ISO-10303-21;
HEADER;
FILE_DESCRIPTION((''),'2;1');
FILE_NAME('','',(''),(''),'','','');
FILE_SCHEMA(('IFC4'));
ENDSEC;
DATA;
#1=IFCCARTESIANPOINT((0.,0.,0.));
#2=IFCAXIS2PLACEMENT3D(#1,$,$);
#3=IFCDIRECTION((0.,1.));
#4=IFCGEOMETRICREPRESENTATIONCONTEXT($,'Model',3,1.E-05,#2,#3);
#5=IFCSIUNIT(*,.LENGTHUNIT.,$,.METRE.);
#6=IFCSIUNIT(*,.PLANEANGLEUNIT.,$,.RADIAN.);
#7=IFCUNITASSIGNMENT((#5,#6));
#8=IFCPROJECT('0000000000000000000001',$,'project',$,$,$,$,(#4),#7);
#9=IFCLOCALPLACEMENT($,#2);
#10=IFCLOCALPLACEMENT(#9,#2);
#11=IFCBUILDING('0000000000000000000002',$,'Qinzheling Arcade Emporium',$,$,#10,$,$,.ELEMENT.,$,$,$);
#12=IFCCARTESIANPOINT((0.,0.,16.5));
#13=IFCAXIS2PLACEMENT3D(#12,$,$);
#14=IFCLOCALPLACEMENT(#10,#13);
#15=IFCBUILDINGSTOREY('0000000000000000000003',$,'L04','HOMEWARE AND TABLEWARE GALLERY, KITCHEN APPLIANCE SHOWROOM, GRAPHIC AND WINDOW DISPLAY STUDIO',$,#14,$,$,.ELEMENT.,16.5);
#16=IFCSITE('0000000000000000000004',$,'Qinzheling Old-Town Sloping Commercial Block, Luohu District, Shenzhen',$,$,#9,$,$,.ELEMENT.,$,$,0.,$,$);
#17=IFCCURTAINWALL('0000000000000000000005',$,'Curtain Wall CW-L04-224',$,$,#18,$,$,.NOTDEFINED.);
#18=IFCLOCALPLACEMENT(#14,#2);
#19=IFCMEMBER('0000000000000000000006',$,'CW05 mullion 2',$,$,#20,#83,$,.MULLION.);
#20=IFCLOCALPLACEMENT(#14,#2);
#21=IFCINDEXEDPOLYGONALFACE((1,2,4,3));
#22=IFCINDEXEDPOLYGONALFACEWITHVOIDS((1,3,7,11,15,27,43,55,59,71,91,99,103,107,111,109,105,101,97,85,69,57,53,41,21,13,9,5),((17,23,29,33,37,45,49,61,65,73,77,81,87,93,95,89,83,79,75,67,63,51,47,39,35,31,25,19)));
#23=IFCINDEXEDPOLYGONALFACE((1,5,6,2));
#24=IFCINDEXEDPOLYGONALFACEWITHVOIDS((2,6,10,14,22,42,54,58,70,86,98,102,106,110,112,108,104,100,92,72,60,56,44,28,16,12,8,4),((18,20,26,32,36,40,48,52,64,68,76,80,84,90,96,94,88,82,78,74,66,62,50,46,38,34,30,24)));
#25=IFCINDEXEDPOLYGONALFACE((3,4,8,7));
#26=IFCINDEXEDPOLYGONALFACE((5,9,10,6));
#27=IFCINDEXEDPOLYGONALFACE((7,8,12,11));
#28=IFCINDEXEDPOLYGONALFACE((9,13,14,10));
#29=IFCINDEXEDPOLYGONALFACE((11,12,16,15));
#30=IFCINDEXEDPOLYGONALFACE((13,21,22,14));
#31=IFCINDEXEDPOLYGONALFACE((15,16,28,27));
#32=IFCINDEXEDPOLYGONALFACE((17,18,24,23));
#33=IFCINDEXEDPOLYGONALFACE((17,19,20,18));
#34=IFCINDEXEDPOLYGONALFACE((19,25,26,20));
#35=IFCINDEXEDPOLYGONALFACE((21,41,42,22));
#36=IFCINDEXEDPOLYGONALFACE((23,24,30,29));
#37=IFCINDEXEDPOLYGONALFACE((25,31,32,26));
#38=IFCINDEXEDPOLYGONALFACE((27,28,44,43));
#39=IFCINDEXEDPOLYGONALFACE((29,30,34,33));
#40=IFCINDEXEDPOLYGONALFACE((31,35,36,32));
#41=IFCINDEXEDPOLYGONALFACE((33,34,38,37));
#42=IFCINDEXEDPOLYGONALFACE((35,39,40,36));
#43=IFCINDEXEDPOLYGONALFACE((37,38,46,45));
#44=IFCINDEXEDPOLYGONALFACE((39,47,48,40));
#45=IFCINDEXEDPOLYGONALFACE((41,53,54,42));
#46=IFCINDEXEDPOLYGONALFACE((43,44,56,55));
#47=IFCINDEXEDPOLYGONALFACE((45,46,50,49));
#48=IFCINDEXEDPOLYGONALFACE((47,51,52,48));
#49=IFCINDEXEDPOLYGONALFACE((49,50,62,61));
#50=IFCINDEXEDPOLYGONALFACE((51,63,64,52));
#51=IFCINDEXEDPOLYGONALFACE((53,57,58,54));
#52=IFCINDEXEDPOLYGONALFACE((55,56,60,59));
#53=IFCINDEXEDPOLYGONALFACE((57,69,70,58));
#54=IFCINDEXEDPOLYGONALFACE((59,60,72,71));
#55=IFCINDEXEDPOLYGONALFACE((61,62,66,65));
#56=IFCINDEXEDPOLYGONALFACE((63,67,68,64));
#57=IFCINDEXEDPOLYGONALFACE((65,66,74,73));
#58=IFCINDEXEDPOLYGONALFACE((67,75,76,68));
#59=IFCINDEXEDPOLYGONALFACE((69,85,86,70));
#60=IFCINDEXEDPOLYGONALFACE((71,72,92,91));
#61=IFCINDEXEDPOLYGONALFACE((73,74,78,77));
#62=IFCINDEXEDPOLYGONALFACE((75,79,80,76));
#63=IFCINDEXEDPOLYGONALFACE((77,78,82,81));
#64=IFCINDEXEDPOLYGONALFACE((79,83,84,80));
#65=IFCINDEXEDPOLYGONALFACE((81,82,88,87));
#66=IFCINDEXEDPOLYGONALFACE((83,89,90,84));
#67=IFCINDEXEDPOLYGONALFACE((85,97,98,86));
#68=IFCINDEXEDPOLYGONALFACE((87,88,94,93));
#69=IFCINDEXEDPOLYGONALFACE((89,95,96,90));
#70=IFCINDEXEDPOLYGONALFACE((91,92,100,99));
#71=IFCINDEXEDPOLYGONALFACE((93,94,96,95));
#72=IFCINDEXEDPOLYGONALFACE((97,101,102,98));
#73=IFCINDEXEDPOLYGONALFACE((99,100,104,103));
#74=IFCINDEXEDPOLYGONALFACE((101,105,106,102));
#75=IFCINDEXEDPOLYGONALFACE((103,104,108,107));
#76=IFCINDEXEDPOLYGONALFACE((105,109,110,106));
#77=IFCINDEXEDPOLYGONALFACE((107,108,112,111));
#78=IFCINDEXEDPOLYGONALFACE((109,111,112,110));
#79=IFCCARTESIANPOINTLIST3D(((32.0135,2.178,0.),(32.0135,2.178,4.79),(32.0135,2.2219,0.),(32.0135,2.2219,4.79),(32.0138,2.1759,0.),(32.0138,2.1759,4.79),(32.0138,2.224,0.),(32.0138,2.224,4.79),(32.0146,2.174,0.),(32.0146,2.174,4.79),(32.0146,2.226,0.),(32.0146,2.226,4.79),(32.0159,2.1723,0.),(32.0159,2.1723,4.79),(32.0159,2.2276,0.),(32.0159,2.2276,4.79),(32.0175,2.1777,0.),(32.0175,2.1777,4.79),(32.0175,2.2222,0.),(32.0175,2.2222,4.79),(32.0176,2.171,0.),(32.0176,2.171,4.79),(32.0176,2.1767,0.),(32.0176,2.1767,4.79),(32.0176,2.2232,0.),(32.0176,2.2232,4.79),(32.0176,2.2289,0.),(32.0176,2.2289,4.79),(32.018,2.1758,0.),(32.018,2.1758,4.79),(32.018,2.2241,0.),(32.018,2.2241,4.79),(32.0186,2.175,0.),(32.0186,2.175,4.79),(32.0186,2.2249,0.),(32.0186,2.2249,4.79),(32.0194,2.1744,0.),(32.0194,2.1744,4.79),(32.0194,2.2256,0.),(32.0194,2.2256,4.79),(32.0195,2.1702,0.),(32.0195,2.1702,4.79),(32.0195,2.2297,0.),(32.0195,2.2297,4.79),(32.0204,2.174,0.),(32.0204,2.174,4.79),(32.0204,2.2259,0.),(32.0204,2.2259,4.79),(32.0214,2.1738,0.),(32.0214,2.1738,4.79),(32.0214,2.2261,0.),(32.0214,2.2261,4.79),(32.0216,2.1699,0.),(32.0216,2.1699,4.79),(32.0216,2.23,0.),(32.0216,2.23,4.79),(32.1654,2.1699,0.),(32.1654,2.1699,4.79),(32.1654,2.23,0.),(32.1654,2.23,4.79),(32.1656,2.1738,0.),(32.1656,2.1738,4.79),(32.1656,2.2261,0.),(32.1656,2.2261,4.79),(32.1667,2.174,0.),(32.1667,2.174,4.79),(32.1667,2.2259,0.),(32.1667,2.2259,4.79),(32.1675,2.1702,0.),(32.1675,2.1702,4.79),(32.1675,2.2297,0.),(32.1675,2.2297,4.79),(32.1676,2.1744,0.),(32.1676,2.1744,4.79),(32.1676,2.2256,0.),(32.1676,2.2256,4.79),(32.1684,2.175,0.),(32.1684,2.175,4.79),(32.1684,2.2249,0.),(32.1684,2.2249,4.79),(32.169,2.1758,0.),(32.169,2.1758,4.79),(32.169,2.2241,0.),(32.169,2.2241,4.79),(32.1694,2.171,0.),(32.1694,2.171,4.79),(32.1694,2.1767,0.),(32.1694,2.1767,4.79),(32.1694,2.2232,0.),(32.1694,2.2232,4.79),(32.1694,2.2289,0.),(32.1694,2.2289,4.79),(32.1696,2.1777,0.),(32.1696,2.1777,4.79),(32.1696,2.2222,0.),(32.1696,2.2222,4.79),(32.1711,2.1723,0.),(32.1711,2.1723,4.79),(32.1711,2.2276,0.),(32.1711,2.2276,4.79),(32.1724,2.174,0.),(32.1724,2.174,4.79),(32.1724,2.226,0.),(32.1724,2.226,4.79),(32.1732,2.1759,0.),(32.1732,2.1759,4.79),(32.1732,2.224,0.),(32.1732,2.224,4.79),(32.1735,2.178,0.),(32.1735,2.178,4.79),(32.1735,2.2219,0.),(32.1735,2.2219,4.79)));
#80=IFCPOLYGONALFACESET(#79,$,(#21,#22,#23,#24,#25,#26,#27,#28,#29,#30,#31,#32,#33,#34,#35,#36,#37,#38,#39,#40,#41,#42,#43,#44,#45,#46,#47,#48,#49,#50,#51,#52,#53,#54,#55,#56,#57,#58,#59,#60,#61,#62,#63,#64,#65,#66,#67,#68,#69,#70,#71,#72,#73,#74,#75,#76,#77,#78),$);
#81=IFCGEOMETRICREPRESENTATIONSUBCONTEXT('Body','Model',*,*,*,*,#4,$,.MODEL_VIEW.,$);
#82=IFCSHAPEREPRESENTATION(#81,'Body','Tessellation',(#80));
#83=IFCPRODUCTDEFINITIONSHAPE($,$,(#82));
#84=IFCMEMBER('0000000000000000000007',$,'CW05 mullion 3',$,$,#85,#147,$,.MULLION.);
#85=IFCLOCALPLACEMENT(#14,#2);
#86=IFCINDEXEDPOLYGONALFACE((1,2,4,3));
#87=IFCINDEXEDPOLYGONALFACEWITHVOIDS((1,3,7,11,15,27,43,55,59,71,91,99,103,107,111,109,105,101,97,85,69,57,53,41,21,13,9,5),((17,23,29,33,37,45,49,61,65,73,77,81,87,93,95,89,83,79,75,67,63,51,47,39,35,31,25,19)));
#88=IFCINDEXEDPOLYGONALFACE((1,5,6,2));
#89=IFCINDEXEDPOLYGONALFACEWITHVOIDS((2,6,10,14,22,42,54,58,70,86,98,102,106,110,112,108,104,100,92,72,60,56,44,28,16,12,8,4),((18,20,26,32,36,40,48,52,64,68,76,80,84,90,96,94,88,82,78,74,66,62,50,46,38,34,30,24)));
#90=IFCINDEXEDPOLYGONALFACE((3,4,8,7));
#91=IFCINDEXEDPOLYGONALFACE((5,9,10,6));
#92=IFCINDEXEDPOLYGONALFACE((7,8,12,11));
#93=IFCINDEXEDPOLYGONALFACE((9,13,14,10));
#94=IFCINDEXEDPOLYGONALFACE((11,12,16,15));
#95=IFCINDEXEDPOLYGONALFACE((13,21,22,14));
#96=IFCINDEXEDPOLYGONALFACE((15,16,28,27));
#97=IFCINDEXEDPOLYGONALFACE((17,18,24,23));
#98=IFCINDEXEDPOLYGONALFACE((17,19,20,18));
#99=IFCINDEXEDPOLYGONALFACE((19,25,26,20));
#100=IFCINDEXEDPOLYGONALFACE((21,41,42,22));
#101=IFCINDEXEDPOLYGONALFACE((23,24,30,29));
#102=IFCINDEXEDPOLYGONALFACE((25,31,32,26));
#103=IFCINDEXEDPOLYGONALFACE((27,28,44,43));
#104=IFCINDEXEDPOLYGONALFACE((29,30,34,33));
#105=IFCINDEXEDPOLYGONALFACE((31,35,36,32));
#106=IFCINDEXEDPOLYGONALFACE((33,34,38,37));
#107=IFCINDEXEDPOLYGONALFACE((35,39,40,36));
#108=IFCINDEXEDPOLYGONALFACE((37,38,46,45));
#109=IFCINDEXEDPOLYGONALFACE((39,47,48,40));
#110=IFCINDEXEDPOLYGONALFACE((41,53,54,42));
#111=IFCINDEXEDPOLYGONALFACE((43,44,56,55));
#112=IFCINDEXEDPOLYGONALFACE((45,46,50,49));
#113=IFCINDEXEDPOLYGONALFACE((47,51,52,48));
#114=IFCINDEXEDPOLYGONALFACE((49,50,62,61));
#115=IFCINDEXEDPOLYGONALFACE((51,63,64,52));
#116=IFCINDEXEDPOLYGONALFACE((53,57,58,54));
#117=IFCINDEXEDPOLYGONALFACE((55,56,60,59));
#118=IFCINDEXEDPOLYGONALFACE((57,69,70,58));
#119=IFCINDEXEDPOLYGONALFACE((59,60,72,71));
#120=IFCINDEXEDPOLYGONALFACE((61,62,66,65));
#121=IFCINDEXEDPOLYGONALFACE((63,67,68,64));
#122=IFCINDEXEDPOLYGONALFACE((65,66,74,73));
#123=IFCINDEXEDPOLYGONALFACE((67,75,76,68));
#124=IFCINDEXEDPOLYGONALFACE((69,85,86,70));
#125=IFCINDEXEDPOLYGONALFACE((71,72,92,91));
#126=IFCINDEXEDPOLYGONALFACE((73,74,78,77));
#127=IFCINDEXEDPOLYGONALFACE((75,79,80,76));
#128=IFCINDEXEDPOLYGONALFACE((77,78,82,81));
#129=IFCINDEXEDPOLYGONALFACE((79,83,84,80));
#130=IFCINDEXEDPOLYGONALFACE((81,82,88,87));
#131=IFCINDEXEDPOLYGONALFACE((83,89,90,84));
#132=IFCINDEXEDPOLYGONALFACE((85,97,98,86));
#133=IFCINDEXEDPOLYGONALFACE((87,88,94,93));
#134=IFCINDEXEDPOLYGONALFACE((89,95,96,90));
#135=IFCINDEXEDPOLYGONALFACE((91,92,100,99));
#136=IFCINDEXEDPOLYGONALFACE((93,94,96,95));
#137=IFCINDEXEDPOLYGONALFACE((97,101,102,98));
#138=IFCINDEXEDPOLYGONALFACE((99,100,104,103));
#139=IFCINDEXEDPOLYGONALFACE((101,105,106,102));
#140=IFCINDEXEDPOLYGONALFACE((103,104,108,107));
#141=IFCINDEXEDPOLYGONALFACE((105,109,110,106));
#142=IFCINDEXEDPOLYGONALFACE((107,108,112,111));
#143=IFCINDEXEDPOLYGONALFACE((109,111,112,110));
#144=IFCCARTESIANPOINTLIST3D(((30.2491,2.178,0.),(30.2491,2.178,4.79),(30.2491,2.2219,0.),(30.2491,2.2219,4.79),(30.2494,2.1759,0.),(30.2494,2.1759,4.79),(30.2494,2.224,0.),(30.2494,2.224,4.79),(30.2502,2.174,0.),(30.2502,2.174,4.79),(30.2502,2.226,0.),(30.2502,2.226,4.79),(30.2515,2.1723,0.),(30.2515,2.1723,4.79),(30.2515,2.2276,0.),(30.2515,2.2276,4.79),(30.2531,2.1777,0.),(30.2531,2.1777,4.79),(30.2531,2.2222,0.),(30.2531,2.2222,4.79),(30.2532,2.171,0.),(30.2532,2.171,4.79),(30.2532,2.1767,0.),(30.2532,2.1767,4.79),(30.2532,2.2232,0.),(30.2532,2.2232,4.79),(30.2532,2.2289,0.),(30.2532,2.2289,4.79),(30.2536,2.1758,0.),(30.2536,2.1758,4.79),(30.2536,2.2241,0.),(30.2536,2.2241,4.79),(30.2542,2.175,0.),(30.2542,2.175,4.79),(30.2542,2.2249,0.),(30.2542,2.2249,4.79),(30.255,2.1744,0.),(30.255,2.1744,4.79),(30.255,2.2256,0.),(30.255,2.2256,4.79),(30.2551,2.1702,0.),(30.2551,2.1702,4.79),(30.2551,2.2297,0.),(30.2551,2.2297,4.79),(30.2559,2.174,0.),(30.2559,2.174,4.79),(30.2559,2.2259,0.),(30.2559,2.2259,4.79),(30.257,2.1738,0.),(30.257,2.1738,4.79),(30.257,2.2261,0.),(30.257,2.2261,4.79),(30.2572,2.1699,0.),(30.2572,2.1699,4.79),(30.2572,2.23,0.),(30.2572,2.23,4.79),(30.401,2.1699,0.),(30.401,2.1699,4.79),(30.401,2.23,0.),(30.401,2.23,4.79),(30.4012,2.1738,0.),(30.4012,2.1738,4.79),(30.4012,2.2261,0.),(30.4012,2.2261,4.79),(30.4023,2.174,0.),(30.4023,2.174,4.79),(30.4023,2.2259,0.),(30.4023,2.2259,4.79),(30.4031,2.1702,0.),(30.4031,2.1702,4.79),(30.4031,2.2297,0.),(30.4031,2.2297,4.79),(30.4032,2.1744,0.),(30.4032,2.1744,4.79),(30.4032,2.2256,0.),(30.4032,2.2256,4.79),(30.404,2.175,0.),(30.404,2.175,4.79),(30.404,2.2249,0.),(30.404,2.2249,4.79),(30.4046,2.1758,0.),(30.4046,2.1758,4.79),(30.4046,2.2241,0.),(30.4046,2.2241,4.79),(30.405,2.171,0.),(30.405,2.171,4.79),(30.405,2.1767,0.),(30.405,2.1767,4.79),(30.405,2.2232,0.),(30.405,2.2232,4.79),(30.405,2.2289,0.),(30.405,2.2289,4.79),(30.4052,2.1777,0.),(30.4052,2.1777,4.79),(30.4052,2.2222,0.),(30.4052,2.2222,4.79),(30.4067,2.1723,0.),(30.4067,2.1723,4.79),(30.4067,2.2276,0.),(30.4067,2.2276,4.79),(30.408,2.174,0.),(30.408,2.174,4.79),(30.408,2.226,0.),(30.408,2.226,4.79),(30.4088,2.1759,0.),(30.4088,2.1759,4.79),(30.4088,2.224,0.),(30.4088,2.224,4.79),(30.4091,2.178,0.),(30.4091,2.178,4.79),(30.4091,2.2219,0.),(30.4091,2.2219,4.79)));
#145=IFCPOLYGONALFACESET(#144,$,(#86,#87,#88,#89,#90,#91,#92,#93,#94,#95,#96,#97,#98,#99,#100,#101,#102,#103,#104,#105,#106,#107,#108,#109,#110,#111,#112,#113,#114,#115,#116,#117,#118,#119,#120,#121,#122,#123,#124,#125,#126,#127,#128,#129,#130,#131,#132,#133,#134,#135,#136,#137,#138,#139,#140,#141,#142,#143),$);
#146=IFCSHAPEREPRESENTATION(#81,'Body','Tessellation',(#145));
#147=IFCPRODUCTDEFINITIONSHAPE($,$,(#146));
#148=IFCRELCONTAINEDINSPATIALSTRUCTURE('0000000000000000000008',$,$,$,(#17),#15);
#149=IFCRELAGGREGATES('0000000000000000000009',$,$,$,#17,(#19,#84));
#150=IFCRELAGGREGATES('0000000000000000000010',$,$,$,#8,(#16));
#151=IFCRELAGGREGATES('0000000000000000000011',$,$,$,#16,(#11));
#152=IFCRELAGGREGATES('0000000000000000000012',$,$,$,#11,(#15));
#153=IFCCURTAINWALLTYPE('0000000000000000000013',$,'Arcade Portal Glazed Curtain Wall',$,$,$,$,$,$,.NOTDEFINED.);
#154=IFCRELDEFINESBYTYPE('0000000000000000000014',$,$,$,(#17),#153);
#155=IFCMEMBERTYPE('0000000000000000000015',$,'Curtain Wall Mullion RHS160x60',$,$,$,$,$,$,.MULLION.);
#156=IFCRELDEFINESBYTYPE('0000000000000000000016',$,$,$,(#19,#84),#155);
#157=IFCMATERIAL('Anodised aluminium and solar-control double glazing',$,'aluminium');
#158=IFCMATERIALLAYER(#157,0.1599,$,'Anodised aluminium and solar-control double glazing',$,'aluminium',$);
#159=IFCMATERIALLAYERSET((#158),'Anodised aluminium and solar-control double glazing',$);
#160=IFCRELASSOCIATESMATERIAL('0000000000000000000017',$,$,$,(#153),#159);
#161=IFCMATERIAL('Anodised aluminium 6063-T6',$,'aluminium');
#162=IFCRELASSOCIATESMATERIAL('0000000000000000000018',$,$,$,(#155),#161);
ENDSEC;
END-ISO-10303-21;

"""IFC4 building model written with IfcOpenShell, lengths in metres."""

from ifc_helpers import new_model, si_unit, direction, frame, origin, origin_2d, place, context, subcontext, project, spatial, hollow_rectangle, extrude, material, layer, layer_set, material_profile, profile_set, type_object, element, aggregate, save


model = new_model("IFC4")

# Units and contexts
model_context = context("Model", 3, precision=1e-05, world=origin(), true_north=direction((0.0, 1.0)))
body_context = subcontext(model_context, "Body", "Model", "MODEL_VIEW")
ifc_project = project(units=[si_unit("LENGTHUNIT", "METRE"), si_unit("PLANEANGLEUNIT", "RADIAN")], contexts=[model_context])

# Site, building, storey
site_placement = place(None, origin())
site = spatial("IfcSite", under=ifc_project, at=site_placement, Name="Qinzheling Old-Town Sloping Commercial Block, Luohu District, Shenzhen", CompositionType="ELEMENT", RefElevation=0.0)
building_placement = place(site_placement, origin())
building = spatial("IfcBuilding", under=site, at=building_placement, Name="Qinzheling Arcade Emporium", CompositionType="ELEMENT")
storey_placement = place(building_placement, frame((0.0, 0.0, 16.5)))
storey = spatial("IfcBuildingStorey", under=building, at=storey_placement, Name="L04", Description="HOMEWARE AND TABLEWARE GALLERY, KITCHEN APPLIANCE SHOWROOM, GRAPHIC AND WINDOW DISPLAY STUDIO", CompositionType="ELEMENT", Elevation=16.5)

# Shared definitions
ifc_material_1 = material(Name="Anodised aluminium and solar-control double glazing", Category="aluminium")
ifc_layer_1 = layer(ifc_material_1, 0.1599, Name="Anodised aluminium and solar-control double glazing", Category="aluminium")
ifc_layer_set_1 = layer_set([ifc_layer_1], Name="Anodised aluminium and solar-control double glazing")
curtain_wall_type = type_object("IfcCurtainWallType", Name="Arcade Portal Glazed Curtain Wall", PredefinedType="NOTDEFINED", material=ifc_layer_set_1)
ifc_material_2 = material(Name="Anodised aluminium 6063-T6", Category="aluminium")
ifc_material_profile_1 = material_profile(ifc_material_2, hollow_rectangle(XDim=0.0601, YDim=0.1599, WallThickness=0.0039, InnerFilletRadius=0.0039, OuterFilletRadius=0.0081, at=origin_2d()), Name="RHS 160x60x4", Category="aluminium")
ifc_profile_set_1 = profile_set([ifc_material_profile_1], Name="Anodised aluminium 6063-T6")
member_type_1 = type_object("IfcMemberType", Name="Curtain Wall Mullion RHS160x60", PredefinedType="MULLION", material=ifc_profile_set_1)

# Curtain wall, members
curtain_wall_1_placement = place(storey_placement, origin())
curtain_wall_1 = element("IfcCurtainWall", 1, at=curtain_wall_1_placement, inside=storey, type_object=curtain_wall_type, Name="Curtain Wall CW-L04-224", PredefinedType="NOTDEFINED")
member_1_placement = place(storey_placement, frame((32.0935, 2.2, 0.0), z_axis=(0.0, 0.0, 1.0), x_axis=(0.0, -1.0, 0.0)))
member_1 = element("IfcMember", 2, at=member_1_placement, type_object=member_type_1, Name="CW05 mullion 2", PredefinedType="MULLION", context=body_context, shape_type="SweptSolid", body=[
    extrude(hollow_rectangle(XDim=0.0601, YDim=0.1599, WallThickness=0.0039, InnerFilletRadius=0.0039, OuterFilletRadius=0.0081, at=origin_2d()), origin(), (0.0, 0.0, 1.0), 4.79),
])
member_2_placement = place(storey_placement, frame((30.3291, 2.2, 0.0), z_axis=(0.0, 0.0, 1.0), x_axis=(0.0, -1.0, 0.0)))
member_2 = element("IfcMember", 3, at=member_2_placement, type_object=member_type_1, Name="CW05 mullion 3", PredefinedType="MULLION", context=body_context, shape_type="SweptSolid", body=[
    extrude(hollow_rectangle(XDim=0.0601, YDim=0.1599, WallThickness=0.0039, InnerFilletRadius=0.0039, OuterFilletRadius=0.0081, at=origin_2d()), origin(), (0.0, 0.0, 1.0), 4.79),
])

aggregate(curtain_wall_1, [member_1, member_2])

save(model, "model.ifc")
